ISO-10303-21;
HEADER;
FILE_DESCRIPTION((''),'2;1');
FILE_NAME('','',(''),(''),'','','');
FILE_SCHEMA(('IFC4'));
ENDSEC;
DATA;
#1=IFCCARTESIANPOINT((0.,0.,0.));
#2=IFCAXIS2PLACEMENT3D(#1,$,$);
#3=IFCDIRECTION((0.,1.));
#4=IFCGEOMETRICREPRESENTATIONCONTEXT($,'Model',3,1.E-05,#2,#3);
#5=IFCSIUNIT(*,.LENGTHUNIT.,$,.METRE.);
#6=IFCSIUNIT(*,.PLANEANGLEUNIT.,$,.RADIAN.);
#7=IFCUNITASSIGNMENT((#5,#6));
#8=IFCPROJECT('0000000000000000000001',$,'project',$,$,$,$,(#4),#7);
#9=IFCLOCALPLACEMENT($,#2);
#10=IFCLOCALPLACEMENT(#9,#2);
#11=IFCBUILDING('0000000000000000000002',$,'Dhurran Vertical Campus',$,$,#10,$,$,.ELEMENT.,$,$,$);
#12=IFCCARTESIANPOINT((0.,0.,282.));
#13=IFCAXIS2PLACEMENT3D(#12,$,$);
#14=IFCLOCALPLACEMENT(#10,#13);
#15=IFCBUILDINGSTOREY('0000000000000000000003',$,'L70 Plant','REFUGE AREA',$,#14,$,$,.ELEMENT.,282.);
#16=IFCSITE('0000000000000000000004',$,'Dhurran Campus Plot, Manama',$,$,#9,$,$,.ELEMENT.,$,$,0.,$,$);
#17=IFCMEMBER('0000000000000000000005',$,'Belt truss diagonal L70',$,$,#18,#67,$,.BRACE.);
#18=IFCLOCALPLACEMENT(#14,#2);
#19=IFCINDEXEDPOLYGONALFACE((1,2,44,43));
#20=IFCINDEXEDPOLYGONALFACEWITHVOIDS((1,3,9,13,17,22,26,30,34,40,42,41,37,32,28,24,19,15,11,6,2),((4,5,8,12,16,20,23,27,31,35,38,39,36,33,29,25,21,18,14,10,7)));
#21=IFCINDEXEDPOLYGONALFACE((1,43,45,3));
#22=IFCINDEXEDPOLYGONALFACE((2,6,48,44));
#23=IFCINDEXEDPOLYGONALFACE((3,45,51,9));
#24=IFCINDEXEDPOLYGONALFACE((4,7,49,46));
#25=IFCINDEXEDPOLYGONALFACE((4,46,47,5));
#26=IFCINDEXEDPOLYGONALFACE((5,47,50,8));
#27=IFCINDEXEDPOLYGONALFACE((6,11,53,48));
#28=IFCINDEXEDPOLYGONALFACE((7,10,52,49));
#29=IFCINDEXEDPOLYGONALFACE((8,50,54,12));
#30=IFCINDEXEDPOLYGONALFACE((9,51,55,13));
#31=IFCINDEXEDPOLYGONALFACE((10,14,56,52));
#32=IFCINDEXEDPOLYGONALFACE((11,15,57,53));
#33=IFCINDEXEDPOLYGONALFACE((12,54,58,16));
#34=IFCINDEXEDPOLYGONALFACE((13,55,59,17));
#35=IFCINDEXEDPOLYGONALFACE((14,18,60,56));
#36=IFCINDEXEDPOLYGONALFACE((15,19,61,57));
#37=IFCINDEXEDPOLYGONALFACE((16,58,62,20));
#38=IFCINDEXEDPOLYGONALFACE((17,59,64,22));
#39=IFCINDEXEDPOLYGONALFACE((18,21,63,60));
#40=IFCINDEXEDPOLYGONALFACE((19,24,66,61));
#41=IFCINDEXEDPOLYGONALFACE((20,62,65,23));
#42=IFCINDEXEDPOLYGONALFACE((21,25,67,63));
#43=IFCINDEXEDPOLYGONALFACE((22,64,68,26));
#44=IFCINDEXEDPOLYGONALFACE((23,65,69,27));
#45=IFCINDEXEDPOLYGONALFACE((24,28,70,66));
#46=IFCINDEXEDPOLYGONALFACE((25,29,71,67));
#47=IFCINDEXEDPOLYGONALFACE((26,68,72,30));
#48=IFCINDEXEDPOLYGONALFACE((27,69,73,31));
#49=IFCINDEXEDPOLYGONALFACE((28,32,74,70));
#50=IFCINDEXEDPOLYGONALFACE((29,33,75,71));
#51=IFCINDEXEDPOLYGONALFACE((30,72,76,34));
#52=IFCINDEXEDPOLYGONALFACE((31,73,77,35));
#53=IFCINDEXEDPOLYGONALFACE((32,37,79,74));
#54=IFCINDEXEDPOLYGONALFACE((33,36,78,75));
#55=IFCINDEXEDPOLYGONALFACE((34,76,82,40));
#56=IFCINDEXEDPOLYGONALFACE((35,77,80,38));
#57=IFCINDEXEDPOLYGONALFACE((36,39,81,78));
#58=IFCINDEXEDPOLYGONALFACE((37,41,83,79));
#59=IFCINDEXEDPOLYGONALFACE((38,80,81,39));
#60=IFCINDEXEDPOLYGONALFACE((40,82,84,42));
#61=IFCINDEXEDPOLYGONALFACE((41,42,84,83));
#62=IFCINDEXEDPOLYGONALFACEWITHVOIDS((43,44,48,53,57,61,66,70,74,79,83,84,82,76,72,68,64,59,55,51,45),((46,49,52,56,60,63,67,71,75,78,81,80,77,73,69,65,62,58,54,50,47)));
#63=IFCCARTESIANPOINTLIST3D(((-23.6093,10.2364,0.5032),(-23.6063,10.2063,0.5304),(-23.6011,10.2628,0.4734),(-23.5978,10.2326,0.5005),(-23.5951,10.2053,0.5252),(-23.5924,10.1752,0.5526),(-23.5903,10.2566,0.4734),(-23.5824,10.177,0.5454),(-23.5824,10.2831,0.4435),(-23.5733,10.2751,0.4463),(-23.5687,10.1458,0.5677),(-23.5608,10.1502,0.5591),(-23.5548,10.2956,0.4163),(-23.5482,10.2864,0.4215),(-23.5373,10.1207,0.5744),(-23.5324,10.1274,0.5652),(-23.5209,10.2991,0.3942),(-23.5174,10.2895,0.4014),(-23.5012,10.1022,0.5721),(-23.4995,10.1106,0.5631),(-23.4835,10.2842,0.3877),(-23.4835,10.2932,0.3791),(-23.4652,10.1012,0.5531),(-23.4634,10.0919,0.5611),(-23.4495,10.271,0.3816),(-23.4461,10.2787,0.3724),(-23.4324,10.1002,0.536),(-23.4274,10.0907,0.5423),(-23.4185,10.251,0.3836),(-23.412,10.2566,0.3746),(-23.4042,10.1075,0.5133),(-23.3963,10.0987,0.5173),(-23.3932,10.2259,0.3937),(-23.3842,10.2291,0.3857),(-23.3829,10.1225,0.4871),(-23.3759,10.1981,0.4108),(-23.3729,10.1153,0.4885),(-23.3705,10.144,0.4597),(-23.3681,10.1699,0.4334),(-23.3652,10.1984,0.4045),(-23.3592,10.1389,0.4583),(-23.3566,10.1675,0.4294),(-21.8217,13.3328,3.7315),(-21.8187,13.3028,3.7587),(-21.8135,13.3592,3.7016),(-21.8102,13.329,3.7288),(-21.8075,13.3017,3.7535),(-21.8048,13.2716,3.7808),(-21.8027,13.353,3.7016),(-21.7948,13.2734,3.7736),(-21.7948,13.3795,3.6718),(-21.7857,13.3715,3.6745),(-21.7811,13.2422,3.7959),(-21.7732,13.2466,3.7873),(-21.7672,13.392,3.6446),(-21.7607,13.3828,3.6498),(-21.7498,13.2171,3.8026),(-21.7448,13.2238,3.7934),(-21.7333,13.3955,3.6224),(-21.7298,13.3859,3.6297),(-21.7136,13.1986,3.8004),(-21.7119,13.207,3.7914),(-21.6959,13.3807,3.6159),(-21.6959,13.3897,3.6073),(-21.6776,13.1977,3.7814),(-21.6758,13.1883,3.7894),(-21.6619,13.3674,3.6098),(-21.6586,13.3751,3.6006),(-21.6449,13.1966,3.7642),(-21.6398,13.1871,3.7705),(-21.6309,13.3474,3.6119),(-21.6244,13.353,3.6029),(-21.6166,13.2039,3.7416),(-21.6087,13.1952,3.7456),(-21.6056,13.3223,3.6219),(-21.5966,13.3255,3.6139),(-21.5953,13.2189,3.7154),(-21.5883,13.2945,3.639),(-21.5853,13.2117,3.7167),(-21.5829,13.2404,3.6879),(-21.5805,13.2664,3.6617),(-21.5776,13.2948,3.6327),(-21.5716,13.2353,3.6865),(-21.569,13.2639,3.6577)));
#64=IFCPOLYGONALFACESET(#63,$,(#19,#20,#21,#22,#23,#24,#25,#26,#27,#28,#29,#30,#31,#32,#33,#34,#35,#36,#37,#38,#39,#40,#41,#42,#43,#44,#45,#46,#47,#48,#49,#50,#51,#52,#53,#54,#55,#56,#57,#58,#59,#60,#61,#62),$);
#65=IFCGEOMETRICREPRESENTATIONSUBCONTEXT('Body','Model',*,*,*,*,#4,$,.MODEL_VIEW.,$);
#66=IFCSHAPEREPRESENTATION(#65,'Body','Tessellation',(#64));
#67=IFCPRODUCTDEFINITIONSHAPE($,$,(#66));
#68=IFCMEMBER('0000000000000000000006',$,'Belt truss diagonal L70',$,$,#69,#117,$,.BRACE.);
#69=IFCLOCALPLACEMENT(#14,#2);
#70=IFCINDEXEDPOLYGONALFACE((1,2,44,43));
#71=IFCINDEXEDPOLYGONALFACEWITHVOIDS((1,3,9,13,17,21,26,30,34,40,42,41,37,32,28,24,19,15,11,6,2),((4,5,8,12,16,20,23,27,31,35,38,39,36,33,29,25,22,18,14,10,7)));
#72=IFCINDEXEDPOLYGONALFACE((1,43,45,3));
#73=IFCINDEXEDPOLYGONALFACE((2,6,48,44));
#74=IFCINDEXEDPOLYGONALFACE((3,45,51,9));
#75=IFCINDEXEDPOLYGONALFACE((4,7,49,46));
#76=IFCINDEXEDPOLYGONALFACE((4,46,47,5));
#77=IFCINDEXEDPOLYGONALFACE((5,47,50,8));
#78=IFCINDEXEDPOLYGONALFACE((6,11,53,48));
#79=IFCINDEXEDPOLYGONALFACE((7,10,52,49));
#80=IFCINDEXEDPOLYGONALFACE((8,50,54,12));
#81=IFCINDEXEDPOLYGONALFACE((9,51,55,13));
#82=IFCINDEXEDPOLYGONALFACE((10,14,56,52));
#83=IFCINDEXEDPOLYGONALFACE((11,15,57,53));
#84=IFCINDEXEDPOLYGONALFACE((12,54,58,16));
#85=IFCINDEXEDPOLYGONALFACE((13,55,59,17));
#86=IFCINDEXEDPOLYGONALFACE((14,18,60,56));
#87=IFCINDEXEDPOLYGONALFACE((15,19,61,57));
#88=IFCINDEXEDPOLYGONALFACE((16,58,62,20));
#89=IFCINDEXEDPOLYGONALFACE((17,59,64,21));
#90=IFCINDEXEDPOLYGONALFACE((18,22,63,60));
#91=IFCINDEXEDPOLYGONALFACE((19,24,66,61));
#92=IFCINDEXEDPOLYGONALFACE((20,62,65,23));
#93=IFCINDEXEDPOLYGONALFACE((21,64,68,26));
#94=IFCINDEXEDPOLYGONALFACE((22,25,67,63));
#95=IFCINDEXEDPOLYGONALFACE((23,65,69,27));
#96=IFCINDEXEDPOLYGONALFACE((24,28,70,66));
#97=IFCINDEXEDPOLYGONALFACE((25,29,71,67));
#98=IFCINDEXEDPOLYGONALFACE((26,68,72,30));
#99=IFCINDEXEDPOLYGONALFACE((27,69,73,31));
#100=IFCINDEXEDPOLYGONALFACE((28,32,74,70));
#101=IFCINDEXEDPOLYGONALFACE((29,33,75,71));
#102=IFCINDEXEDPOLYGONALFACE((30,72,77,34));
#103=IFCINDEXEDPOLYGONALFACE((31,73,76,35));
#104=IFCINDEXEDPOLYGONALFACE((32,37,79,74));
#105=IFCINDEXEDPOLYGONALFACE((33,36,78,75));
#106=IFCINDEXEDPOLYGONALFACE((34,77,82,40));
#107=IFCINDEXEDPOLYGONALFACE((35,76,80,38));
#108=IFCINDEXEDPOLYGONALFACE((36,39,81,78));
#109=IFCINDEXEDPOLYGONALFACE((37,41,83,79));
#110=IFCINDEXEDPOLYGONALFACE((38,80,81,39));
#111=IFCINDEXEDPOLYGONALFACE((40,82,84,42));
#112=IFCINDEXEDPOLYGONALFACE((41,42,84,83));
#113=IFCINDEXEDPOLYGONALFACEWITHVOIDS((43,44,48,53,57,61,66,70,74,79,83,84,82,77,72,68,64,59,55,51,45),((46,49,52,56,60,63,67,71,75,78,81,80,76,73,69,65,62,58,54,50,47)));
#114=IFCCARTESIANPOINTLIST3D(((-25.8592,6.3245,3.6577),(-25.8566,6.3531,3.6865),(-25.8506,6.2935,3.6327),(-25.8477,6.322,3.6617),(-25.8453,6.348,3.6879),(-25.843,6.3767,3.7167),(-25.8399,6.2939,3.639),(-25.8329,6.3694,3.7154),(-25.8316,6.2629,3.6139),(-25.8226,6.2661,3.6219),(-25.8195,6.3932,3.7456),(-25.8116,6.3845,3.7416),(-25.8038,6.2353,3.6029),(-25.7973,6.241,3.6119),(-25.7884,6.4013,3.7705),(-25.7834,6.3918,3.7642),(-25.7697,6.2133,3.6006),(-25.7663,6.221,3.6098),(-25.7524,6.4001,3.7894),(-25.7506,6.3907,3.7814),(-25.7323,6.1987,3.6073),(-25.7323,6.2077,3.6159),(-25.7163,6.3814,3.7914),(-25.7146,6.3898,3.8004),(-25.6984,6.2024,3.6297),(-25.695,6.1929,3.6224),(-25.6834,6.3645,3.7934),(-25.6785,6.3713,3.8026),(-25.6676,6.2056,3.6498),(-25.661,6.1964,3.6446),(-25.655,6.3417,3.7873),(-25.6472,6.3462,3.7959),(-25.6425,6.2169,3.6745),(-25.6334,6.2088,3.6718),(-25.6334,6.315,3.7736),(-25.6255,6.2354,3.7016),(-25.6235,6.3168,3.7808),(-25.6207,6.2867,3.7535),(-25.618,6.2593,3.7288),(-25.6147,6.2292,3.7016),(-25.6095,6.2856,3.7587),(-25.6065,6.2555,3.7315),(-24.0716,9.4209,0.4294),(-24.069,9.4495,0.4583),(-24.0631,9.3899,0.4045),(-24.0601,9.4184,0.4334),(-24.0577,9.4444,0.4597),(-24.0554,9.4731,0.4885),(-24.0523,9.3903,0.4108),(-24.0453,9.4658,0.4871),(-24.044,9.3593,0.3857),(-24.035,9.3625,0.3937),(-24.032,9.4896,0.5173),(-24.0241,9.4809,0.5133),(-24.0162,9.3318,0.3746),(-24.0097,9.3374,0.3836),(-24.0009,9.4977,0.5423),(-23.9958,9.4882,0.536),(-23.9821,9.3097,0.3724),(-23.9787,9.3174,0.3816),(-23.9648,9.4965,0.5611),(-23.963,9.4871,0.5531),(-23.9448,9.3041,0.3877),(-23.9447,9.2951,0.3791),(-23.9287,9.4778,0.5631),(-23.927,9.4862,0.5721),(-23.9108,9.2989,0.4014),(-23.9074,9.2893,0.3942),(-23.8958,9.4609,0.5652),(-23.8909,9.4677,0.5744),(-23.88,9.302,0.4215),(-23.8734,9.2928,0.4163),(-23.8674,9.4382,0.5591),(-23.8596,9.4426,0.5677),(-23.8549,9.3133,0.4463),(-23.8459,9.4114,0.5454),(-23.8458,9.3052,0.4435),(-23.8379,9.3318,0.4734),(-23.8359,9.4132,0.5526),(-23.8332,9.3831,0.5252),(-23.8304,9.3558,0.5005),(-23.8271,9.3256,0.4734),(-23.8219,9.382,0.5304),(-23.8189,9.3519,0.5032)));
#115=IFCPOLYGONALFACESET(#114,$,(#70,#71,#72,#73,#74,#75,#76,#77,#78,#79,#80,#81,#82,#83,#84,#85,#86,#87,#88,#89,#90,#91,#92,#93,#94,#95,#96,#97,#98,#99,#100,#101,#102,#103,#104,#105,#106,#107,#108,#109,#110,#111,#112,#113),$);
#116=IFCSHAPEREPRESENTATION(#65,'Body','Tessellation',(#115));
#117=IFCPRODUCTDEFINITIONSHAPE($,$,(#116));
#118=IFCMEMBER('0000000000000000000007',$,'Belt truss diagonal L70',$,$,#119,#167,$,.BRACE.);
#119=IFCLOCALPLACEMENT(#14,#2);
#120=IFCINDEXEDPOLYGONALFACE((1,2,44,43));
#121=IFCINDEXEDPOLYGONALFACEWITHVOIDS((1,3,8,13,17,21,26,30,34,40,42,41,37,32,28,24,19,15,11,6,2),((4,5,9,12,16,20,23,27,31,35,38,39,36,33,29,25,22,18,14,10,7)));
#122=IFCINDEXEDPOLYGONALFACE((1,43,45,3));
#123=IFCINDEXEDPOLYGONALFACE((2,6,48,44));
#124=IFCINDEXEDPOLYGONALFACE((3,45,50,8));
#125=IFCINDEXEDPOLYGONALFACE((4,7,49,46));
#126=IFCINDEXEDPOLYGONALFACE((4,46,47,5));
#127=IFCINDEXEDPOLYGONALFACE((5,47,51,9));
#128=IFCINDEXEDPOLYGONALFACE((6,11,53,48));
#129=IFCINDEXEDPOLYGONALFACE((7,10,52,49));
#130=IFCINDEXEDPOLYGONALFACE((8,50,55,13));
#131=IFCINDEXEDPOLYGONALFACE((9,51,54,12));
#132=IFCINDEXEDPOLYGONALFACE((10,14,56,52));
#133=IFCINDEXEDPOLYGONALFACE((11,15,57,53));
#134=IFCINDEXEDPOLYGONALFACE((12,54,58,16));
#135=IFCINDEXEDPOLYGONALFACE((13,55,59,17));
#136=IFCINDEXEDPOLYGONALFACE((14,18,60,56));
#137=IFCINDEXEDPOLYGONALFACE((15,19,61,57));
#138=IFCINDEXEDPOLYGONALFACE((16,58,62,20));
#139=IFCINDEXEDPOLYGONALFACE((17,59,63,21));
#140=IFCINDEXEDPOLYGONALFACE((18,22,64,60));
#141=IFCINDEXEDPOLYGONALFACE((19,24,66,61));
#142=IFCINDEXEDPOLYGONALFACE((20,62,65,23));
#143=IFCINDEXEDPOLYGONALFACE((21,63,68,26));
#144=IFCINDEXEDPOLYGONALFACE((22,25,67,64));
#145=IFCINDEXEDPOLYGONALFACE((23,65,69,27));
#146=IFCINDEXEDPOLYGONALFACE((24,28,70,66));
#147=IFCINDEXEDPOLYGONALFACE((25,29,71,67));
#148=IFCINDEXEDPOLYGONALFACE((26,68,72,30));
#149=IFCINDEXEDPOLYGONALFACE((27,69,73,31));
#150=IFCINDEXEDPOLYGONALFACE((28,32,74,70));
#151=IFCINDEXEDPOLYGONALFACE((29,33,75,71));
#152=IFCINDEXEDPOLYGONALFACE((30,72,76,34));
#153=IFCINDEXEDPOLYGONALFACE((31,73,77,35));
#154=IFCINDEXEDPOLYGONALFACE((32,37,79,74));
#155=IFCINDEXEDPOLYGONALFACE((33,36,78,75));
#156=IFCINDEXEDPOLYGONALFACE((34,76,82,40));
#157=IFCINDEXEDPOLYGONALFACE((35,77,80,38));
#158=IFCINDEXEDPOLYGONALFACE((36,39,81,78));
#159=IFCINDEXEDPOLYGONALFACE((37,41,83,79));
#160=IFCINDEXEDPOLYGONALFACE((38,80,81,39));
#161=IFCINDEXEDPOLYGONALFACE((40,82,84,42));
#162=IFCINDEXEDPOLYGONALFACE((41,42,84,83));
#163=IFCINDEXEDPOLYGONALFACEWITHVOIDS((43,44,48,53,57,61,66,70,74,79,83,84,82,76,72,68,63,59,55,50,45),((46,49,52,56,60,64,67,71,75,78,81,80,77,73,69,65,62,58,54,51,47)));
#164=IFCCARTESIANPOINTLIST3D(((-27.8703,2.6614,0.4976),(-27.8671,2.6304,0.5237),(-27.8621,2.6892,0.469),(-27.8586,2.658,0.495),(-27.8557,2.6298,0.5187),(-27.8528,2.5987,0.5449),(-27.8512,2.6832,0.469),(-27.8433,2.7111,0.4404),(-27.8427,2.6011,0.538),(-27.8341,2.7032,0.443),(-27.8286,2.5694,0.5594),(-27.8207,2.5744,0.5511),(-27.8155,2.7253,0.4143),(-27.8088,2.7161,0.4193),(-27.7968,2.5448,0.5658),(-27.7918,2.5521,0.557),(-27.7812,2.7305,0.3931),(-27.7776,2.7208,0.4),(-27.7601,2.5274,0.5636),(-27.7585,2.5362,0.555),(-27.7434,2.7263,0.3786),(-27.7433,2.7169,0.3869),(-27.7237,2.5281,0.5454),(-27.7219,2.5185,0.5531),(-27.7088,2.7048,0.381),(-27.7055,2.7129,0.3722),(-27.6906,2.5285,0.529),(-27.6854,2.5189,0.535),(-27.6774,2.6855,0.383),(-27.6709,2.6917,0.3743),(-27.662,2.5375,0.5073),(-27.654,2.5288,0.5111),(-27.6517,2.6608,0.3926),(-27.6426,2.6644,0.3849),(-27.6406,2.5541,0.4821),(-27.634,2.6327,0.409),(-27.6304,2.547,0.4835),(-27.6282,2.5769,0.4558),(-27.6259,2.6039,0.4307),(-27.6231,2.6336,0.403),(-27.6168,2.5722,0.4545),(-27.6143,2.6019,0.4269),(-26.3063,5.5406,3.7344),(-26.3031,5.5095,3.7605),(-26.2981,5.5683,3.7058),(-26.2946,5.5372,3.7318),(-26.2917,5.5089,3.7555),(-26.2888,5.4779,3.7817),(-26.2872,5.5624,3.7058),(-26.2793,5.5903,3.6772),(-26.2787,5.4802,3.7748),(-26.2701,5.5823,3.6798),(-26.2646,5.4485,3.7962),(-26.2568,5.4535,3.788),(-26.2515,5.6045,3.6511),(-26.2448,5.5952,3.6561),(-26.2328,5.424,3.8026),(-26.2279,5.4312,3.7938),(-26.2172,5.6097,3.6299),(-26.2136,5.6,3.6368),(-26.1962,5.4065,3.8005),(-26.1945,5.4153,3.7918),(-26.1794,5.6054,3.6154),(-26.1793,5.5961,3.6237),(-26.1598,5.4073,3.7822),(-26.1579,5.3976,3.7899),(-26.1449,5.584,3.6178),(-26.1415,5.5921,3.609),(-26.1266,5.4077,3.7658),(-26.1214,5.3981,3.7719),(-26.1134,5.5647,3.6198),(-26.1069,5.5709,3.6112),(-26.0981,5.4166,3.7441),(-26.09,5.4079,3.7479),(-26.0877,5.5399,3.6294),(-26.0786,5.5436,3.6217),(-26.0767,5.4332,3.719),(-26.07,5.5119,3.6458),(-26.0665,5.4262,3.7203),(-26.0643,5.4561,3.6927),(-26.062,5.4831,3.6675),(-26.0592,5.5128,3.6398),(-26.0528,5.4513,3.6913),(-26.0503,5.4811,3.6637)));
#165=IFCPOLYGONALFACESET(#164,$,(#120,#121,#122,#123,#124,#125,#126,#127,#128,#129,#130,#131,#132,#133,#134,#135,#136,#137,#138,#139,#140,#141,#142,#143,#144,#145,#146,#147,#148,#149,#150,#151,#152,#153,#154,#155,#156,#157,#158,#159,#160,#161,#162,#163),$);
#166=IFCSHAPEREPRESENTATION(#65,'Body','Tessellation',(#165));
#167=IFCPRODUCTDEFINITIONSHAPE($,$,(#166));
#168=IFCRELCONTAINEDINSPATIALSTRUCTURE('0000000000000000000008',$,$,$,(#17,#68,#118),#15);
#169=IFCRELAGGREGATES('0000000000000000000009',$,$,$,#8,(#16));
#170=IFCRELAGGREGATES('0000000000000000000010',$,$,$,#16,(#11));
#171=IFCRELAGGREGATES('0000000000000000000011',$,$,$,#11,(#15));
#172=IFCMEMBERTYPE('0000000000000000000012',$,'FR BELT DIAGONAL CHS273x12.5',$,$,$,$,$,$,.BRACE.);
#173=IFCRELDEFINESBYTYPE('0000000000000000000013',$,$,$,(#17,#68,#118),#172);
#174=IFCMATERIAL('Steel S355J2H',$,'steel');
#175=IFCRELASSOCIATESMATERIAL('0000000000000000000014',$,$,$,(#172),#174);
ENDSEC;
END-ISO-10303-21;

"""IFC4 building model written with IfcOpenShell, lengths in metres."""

from ifc_helpers import new_model, si_unit, direction, frame, origin, origin_2d, place, context, subcontext, project, spatial, hollow_circle, extrude, material, material_profile, profile_set, type_object, element, save


model = new_model("IFC4")

# Units and contexts
model_context = context("Model", 3, precision=1e-05, world=origin(), true_north=direction((0.0, 1.0)))
body_context = subcontext(model_context, "Body", "Model", "MODEL_VIEW")
ifc_project = project(units=[si_unit("LENGTHUNIT", "METRE"), si_unit("PLANEANGLEUNIT", "RADIAN")], contexts=[model_context])

# Site, building, storey
site_placement = place(None, origin())
site = spatial("IfcSite", under=ifc_project, at=site_placement, Name="Dhurran Campus Plot, Manama", CompositionType="ELEMENT", RefElevation=0.0)
building_placement = place(site_placement, origin())
building = spatial("IfcBuilding", under=site, at=building_placement, Name="Dhurran Vertical Campus", CompositionType="ELEMENT")
storey_placement = place(building_placement, frame((0.0, 0.0, 282.0)))
storey = spatial("IfcBuildingStorey", under=building, at=storey_placement, Name="L70 Plant", Description="REFUGE AREA", CompositionType="ELEMENT", Elevation=282.0)

# Members
ifc_material_1 = material(Name="Steel S355J2H", Category="steel")
ifc_material_profile_1 = material_profile(ifc_material_1, hollow_circle(Radius=0.1365, WallThickness=0.0125, at=origin_2d()), Name="CHS273x12.5")
ifc_profile_set_1 = profile_set([ifc_material_profile_1], Name="Steel S355J2H")
member_type = type_object("IfcMemberType", Name="FR BELT DIAGONAL CHS273x12.5", PredefinedType="BRACE", material=ifc_profile_set_1)
for number, where, z_axis, x_axis, name in (
    (1, (-23.4829, 10.1946, 0.4734), (0.371089, 0.642791, 0.670159), (-0.866041, 0.499973, 0.0), "Belt truss diagonal L70"),
    (2, (-23.9453, 9.3938, 0.4734), (-0.371089, -0.642791, 0.670159), (0.866041, -0.499973, 0.0), "Belt truss diagonal L70"),
):
    element("IfcMember", number, at=place(storey_placement, frame(where, z_axis=z_axis, x_axis=x_axis)), inside=storey, type_object=member_type, Name=name, PredefinedType="BRACE", context=body_context, shape_type="SweptSolid", body=[
        extrude(hollow_circle(Radius=0.1365, WallThickness=0.0125, at=origin_2d()), origin(), (0.0, 0.0, 1.0), 4.8171),
    ])
member_1_placement = place(storey_placement, frame((-27.7422, 2.624, 0.469), z_axis=(0.339572, 0.625128, 0.702785), x_axis=(-0.878726, 0.477327, 0.0)))
element("IfcMember", 3, at=member_1_placement, inside=storey, type_object=member_type, Name="Belt truss diagonal L70", PredefinedType="BRACE", context=body_context, shape_type="SweptSolid", body=[
    extrude(hollow_circle(Radius=0.1365, WallThickness=0.0125, at=origin_2d()), origin(), (0.0, 0.0, 1.0), 4.6057),
])

save(model, "model.ifc")
